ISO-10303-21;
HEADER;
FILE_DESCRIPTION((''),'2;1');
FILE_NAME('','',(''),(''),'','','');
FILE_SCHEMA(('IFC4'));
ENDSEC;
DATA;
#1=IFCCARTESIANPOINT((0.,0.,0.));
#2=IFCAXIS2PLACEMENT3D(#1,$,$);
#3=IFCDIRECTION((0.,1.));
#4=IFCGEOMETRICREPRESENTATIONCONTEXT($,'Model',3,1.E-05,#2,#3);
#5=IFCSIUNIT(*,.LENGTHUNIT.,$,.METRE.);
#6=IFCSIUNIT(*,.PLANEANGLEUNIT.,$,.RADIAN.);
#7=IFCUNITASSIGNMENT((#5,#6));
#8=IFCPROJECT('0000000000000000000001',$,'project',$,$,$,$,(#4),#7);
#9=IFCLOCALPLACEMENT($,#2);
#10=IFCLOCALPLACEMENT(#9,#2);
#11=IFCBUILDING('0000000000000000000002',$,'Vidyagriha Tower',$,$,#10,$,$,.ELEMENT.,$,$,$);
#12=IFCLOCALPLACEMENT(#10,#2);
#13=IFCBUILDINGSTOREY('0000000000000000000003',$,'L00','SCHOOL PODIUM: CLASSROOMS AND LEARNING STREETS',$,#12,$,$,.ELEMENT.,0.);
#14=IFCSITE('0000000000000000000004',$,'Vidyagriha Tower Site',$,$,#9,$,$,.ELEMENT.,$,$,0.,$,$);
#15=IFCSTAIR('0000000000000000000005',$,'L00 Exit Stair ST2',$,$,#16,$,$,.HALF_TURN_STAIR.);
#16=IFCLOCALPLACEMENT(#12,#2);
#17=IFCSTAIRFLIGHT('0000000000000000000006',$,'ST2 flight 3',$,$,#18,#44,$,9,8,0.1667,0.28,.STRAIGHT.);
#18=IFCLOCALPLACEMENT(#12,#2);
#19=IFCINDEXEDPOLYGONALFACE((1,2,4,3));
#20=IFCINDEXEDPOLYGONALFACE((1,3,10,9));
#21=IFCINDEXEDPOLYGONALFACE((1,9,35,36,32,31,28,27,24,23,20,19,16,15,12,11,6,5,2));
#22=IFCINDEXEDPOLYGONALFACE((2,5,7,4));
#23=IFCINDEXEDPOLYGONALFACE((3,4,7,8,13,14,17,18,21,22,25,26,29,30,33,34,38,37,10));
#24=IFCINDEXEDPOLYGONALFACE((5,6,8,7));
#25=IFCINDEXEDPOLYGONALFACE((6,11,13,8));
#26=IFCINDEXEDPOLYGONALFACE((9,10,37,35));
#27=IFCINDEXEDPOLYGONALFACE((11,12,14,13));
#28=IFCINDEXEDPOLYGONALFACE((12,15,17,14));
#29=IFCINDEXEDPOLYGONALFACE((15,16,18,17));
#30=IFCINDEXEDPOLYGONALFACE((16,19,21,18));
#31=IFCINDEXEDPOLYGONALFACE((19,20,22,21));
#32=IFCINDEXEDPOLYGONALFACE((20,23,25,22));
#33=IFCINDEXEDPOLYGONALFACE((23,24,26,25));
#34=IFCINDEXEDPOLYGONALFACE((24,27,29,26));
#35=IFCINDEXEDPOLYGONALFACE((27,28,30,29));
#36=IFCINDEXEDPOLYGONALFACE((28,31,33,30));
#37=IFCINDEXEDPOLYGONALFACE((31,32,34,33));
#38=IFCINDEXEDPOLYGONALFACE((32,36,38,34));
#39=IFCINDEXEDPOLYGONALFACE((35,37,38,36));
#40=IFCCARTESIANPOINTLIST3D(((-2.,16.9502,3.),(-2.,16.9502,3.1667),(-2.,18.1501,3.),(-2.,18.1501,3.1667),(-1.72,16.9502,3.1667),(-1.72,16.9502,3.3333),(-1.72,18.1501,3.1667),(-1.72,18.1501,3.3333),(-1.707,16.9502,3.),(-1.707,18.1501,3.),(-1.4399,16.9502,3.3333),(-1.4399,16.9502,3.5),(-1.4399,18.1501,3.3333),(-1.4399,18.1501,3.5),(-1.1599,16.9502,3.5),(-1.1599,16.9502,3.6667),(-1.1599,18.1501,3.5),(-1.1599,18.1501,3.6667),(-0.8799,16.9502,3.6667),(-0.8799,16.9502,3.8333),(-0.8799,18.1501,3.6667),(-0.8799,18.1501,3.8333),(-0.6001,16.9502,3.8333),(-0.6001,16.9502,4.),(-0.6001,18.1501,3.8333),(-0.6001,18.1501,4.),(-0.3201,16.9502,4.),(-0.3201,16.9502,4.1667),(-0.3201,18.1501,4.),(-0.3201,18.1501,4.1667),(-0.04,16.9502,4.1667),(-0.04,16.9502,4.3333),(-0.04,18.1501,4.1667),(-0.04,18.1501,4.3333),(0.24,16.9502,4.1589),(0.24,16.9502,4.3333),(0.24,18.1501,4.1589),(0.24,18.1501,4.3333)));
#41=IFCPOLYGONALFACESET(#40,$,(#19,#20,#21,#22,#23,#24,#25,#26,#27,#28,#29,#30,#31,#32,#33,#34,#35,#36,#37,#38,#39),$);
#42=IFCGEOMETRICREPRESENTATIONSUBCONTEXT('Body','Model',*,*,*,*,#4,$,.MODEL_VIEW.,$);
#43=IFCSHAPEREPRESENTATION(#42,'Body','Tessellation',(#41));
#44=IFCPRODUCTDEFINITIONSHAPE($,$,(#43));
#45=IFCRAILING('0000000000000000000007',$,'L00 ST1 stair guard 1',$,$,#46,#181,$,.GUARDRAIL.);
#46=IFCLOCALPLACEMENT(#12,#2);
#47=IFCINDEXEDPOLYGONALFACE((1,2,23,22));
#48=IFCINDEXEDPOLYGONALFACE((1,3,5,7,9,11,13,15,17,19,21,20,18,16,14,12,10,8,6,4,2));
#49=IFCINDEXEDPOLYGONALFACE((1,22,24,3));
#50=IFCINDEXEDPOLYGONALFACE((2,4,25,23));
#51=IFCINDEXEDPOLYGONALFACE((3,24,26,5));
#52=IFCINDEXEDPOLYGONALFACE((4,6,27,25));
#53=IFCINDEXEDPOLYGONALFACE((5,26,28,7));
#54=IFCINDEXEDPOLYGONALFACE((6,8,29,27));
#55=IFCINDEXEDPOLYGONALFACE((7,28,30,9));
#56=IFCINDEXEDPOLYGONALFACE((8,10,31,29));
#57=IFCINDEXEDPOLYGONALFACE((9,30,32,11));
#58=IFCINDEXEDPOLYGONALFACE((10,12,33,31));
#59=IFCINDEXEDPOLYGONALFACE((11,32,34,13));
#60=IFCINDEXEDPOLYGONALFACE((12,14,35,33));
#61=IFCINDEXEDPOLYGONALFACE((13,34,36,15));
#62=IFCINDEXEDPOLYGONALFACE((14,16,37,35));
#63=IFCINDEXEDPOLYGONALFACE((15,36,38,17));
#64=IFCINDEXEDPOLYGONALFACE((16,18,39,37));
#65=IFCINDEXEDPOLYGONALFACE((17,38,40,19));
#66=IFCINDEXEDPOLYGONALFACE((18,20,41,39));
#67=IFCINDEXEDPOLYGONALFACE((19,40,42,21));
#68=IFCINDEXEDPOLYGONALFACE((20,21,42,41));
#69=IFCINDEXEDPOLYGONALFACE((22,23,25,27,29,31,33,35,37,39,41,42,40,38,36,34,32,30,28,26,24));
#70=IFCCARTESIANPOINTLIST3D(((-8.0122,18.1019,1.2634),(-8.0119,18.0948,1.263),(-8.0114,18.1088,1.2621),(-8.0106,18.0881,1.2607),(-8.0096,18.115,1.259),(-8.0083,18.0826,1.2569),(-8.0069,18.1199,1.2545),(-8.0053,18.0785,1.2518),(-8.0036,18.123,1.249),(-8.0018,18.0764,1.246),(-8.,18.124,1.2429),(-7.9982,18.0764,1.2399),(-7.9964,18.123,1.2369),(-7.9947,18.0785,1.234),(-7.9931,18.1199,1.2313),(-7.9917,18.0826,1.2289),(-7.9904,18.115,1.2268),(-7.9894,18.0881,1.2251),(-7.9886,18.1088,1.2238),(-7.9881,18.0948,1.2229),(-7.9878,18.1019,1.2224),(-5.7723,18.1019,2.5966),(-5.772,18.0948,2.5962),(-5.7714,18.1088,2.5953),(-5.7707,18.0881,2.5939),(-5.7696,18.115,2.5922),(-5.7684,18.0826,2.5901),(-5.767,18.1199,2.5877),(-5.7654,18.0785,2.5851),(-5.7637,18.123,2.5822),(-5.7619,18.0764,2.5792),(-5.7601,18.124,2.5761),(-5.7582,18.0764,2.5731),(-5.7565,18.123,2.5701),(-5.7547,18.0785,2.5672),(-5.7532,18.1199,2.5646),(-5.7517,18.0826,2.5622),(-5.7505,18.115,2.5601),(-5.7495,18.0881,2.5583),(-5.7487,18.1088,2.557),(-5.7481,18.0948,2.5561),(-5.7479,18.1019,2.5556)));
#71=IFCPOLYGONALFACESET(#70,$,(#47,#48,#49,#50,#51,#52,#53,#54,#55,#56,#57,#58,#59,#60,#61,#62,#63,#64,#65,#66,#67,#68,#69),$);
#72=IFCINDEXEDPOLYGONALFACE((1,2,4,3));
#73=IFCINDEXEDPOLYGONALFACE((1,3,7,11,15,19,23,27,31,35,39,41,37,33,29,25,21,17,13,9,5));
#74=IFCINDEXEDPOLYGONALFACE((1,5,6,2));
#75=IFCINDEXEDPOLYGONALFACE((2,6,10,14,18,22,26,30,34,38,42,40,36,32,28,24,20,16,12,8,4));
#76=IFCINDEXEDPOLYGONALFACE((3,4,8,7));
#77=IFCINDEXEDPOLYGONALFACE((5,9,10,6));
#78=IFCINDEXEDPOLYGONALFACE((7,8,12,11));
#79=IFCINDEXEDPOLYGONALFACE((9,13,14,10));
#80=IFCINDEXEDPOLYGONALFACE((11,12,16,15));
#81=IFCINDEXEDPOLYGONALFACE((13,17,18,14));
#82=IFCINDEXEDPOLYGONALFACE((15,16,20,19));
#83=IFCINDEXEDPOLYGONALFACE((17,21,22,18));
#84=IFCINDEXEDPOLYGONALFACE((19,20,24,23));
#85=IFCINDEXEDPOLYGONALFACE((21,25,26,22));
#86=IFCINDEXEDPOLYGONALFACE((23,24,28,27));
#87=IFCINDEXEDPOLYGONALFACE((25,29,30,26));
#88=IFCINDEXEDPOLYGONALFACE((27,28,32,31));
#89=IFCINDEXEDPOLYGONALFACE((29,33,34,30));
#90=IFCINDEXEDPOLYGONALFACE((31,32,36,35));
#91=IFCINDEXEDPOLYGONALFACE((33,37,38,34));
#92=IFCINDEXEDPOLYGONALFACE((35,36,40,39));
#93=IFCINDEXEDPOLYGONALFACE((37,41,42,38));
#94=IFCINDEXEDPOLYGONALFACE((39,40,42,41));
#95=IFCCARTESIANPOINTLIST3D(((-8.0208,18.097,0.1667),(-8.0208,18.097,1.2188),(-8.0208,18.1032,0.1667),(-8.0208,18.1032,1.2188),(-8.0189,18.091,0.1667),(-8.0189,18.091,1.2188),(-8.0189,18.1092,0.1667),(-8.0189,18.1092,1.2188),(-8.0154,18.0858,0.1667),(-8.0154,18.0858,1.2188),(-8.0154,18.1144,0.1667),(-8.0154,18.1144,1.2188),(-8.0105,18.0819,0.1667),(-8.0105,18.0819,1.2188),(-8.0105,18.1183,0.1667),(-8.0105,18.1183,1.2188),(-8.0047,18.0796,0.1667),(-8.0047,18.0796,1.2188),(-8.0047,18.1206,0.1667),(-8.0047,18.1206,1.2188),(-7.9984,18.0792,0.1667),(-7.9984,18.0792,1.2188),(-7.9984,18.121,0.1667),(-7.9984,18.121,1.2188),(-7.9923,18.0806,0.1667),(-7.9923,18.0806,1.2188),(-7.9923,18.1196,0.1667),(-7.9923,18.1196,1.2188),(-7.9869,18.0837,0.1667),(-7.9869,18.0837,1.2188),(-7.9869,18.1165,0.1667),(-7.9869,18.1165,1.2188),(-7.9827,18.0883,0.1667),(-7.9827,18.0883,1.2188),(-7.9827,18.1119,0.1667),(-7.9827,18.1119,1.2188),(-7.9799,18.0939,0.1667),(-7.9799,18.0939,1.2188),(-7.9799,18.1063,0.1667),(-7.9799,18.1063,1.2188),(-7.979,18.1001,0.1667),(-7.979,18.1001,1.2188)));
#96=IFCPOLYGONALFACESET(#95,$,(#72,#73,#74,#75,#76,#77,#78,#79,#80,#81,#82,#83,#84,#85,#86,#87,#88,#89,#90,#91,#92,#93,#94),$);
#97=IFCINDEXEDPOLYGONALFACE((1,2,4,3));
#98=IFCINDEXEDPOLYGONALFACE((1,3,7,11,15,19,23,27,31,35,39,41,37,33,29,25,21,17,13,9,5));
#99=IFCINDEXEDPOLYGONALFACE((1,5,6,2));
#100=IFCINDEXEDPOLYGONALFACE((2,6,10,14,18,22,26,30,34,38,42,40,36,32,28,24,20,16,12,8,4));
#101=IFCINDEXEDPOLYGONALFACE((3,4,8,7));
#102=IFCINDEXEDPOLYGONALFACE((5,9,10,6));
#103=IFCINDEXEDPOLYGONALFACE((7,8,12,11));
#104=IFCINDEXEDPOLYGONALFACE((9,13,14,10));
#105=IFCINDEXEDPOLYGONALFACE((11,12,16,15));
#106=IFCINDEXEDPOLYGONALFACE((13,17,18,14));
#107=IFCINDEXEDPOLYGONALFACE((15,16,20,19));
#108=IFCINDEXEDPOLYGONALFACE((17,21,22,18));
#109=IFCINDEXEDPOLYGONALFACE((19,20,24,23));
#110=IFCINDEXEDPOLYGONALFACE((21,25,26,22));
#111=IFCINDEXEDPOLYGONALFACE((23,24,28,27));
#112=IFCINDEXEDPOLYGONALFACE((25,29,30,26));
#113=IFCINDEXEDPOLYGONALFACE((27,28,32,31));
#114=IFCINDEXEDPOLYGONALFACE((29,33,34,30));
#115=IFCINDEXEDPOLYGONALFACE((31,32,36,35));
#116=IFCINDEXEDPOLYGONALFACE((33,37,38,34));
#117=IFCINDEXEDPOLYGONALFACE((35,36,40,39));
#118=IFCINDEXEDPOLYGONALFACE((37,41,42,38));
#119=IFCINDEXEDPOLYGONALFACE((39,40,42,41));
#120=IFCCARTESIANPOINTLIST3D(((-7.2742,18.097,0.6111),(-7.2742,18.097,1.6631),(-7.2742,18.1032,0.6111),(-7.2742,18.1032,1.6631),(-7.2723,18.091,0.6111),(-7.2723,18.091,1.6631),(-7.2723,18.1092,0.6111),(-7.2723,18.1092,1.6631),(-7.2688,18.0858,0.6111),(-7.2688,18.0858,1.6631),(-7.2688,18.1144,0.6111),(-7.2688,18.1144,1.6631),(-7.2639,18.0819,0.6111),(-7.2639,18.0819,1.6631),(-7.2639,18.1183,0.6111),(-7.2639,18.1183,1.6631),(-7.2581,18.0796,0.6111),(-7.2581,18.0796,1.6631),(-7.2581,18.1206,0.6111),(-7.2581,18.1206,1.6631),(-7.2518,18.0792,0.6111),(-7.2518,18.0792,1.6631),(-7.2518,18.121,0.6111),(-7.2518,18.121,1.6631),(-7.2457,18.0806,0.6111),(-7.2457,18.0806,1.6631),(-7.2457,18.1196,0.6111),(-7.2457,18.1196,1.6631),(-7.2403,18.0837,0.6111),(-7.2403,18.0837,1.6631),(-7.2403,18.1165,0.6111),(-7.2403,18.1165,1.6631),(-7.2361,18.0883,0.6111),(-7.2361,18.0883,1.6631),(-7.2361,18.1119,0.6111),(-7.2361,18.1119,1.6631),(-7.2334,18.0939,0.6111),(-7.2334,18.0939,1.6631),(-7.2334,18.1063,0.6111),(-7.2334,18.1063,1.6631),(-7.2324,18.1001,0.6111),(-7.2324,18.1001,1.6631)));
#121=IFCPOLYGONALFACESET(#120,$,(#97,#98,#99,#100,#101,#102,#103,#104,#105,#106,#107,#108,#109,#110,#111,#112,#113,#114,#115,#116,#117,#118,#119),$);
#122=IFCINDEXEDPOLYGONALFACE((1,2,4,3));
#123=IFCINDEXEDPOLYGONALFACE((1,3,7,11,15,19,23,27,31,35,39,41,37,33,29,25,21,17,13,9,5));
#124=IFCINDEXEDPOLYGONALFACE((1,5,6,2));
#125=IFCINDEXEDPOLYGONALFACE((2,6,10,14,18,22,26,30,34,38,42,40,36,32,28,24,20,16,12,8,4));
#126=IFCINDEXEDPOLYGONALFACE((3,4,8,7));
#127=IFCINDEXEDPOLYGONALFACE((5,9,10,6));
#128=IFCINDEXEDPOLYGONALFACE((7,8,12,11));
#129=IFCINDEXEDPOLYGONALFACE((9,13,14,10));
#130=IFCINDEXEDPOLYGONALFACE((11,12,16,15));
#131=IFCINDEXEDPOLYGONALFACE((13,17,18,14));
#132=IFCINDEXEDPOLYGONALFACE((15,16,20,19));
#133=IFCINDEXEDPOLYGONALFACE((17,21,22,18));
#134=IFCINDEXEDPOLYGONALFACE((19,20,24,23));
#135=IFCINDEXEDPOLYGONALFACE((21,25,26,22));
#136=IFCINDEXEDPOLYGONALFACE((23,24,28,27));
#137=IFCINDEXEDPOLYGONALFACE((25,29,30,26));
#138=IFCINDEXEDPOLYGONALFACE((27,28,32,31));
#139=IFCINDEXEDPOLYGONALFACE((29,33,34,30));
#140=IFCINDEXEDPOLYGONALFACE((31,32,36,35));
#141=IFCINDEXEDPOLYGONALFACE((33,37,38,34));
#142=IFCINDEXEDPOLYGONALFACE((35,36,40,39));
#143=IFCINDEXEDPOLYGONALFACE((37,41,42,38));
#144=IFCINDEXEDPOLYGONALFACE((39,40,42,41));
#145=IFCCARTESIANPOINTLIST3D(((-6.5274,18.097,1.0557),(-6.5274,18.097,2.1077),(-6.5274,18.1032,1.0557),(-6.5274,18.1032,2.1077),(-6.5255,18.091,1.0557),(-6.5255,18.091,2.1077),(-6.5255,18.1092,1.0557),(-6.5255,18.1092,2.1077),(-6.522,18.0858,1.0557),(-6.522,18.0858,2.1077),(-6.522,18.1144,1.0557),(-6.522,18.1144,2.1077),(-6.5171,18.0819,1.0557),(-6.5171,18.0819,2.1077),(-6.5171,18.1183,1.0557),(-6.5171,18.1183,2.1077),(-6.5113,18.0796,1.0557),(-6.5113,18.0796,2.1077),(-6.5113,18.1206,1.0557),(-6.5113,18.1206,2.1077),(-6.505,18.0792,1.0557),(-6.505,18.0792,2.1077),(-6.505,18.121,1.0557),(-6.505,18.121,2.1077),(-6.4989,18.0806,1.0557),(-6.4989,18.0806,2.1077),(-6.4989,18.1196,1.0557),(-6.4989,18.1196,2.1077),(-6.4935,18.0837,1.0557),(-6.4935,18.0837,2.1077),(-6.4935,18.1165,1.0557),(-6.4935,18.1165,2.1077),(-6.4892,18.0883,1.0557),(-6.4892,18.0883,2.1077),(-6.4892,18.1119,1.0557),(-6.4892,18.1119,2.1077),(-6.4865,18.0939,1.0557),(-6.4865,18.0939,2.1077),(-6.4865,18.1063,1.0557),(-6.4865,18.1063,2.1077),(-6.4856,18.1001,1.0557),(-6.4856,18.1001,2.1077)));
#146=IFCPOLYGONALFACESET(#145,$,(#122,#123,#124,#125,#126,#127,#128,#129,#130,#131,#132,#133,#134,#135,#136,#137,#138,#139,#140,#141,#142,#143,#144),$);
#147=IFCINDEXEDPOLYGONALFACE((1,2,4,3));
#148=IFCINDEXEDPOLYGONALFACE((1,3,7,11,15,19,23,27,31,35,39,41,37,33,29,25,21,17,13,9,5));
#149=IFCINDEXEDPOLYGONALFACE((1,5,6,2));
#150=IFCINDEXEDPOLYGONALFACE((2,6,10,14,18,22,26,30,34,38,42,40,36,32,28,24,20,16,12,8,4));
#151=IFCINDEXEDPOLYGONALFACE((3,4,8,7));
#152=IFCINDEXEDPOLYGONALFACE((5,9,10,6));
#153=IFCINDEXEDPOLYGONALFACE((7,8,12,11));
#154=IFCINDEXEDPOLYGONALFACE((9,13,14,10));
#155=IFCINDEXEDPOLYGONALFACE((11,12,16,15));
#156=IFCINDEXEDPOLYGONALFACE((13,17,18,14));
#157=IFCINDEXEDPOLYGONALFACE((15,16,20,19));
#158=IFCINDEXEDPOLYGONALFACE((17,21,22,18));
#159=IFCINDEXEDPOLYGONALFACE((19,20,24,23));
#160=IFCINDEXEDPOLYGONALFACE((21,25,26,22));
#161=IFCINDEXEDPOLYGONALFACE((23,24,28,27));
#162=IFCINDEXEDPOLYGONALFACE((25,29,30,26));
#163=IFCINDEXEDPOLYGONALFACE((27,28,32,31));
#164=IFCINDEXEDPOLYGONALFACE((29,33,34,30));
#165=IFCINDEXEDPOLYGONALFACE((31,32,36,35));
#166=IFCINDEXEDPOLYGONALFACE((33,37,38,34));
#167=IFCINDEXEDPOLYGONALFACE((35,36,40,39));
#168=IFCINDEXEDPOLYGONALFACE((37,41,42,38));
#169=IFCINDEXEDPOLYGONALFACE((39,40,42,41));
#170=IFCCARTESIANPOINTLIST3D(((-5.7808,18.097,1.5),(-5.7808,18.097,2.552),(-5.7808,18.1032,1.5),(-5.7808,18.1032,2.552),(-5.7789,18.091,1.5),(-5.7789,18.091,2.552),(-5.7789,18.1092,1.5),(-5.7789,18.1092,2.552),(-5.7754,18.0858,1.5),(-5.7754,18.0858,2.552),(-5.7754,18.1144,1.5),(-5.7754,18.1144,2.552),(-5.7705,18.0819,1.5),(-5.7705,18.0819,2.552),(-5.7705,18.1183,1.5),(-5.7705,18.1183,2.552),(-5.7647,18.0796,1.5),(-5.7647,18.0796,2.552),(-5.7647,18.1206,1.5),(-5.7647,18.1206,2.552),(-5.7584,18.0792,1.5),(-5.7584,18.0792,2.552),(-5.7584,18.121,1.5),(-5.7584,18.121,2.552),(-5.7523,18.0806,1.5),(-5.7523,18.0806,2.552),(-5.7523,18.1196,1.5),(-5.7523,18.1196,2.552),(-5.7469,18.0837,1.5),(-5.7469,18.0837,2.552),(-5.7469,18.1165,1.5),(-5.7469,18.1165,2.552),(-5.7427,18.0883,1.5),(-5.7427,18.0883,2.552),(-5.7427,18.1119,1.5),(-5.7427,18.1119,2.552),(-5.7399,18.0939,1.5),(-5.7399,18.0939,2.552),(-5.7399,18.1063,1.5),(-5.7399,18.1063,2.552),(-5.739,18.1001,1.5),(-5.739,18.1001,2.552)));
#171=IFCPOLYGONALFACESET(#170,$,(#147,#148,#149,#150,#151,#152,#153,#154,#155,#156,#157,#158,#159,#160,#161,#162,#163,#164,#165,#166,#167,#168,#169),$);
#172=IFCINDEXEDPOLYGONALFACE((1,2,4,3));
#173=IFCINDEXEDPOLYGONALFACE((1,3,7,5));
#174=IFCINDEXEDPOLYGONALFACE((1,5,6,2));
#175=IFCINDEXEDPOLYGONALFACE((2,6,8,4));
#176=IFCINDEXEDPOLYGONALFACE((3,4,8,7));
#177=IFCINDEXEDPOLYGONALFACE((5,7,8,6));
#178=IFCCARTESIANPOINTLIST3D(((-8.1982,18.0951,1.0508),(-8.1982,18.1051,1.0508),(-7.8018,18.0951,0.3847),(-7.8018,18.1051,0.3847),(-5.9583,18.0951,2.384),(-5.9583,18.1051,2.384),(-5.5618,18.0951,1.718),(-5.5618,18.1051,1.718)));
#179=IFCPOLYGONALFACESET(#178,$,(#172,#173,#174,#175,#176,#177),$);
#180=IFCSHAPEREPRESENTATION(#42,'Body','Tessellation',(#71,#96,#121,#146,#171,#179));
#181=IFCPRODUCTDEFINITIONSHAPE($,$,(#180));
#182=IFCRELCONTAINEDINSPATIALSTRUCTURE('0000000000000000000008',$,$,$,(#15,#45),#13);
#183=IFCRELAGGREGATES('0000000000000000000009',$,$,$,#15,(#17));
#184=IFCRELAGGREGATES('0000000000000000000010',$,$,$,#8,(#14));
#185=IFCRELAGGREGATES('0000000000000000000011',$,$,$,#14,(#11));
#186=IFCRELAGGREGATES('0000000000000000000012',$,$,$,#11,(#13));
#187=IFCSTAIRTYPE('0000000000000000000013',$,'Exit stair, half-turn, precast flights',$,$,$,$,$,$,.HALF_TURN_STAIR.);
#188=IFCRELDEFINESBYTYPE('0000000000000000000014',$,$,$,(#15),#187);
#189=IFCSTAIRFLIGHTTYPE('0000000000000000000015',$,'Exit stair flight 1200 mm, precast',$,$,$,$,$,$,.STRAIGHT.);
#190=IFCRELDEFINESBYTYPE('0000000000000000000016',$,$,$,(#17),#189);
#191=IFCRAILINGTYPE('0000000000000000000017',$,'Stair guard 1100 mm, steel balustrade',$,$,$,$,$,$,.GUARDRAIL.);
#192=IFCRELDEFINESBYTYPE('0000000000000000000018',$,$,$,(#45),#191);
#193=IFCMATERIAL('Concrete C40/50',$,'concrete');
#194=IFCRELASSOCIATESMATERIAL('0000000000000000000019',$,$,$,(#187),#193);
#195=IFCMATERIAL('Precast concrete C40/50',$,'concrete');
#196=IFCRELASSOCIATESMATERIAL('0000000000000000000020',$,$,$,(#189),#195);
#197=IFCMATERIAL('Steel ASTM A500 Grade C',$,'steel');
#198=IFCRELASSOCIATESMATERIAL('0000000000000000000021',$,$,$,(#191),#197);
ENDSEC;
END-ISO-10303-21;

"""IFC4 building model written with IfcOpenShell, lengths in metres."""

from ifc_helpers import new_model, si_unit, direction, frame, origin, origin_2d, place, context, subcontext, project, spatial, polyline, rectangle, circle, outline, extrude, material, type_object, element, aggregate, save


model = new_model("IFC4")

# Units and contexts
model_context = context("Model", 3, precision=1e-05, world=origin(), true_north=direction((0.0, 1.0)))
body_context = subcontext(model_context, "Body", "Model", "MODEL_VIEW")
ifc_project = project(units=[si_unit("LENGTHUNIT", "METRE"), si_unit("PLANEANGLEUNIT", "RADIAN")], contexts=[model_context])

# Site, building, storey
site_placement = place(None, origin())
site = spatial("IfcSite", under=ifc_project, at=site_placement, Name="Vidyagriha Tower Site", CompositionType="ELEMENT", RefElevation=0.0)
building_placement = place(site_placement, origin())
building = spatial("IfcBuilding", under=site, at=building_placement, Name="Vidyagriha Tower", CompositionType="ELEMENT")
storey_placement = place(building_placement, origin())
storey = spatial("IfcBuildingStorey", under=building, at=storey_placement, Name="L00", Description="SCHOOL PODIUM: CLASSROOMS AND LEARNING STREETS", CompositionType="ELEMENT", Elevation=0.0)

# Stair, stair flight
ifc_material_1 = material(Name="Concrete C40/50", Category="concrete")
stair_type = type_object("IfcStairType", Name="Exit stair, half-turn, precast flights", PredefinedType="HALF_TURN_STAIR", material=ifc_material_1)
ifc_material_2 = material(Name="Precast concrete C40/50", Category="concrete")
stair_flight_type = type_object("IfcStairFlightType", Name="Exit stair flight 1200 mm, precast", PredefinedType="STRAIGHT", material=ifc_material_2)
stair_1_placement = place(storey_placement, origin())
stair_1 = element("IfcStair", 1, at=stair_1_placement, inside=storey, type_object=stair_type, Name="L00 Exit Stair ST2", PredefinedType="HALF_TURN_STAIR")
stair_flight_1_placement = place(storey_placement, frame((-2.0, 17.55, 3.0)))
stair_flight_1 = element("IfcStairFlight", 2, at=stair_flight_1_placement, type_object=stair_flight_type, Name="ST2 flight 3", NumberOfRisers=9, NumberOfTreads=8, PredefinedType="STRAIGHT", RiserHeight=0.1667, TreadLength=0.28, context=body_context, shape_type="SweptSolid", body=[
    extrude(outline(polyline([(0.0, 0.0), (0.0, 0.1667), (0.28, 0.1667), (0.28, 0.3333), (0.5601, 0.3333), (0.5601, 0.5), (0.8401, 0.5), (0.8401, 0.6667), (1.1201, 0.6667), (1.1201, 0.8333), (1.3999, 0.8333), (1.3999, 1.0), (1.6799, 1.0), (1.6799, 1.1667), (1.96, 1.1667), (1.96, 1.3333), (2.24, 1.3333), (2.24, 1.5), (2.24, 1.1589), (0.293, 0.0), (0.0, 0.0)])), frame((0.0, 0.6001, 0.0), z_axis=(0.0, -1.0, 0.0), x_axis=(1.0, 0.0, 0.0)), (0.0, 0.0, 1.0), 1.2),
])
aggregate(stair_1, [stair_flight_1])

# Railing
ifc_material_3 = material(Name="Steel ASTM A500 Grade C", Category="steel")
railing_type_1 = type_object("IfcRailingType", Name="Stair guard 1100 mm, steel balustrade", PredefinedType="GUARDRAIL", material=ifc_material_3)
railing_1_placement = place(storey_placement, frame((-8.0, 18.1001, 0.1667)))
element("IfcRailing", 3, at=railing_1_placement, inside=storey, type_object=railing_type_1, Name="L00 ST1 stair guard 1", PredefinedType="GUARDRAIL", context=body_context, shape_type="SweptSolid", body=[
    extrude(circle(Radius=0.0239, at=origin_2d()), frame((0.0, 0.0, 1.0762), z_axis=(0.859306, 0.0, 0.511462), x_axis=(0.0, 1.0, 0.0)), (0.0, 0.0, 1.0), 2.6067),
    extrude(circle(Radius=0.021, at=origin_2d()), origin(), (0.0, 0.0, 1.0), 1.052),
    extrude(circle(Radius=0.021, at=origin_2d()), frame((0.7466, 0.0, 0.4443)), (0.0, 0.0, 1.0), 1.052),
    extrude(circle(Radius=0.021, at=origin_2d()), frame((1.4934, 0.0, 0.8889)), (0.0, 0.0, 1.0), 1.052),
    extrude(circle(Radius=0.021, at=origin_2d()), frame((2.24, 0.0, 1.3333)), (0.0, 0.0, 1.0), 1.052),
    extrude(rectangle(XDim=0.01, YDim=0.7751, at=origin_2d()), frame((0.0, 0.0, 0.551), z_axis=(0.859306, 0.0, 0.511462), x_axis=(0.0, 1.0, 0.0)), (0.0, 0.0, 1.0), 2.6067),
])

save(model, "model.ifc")
